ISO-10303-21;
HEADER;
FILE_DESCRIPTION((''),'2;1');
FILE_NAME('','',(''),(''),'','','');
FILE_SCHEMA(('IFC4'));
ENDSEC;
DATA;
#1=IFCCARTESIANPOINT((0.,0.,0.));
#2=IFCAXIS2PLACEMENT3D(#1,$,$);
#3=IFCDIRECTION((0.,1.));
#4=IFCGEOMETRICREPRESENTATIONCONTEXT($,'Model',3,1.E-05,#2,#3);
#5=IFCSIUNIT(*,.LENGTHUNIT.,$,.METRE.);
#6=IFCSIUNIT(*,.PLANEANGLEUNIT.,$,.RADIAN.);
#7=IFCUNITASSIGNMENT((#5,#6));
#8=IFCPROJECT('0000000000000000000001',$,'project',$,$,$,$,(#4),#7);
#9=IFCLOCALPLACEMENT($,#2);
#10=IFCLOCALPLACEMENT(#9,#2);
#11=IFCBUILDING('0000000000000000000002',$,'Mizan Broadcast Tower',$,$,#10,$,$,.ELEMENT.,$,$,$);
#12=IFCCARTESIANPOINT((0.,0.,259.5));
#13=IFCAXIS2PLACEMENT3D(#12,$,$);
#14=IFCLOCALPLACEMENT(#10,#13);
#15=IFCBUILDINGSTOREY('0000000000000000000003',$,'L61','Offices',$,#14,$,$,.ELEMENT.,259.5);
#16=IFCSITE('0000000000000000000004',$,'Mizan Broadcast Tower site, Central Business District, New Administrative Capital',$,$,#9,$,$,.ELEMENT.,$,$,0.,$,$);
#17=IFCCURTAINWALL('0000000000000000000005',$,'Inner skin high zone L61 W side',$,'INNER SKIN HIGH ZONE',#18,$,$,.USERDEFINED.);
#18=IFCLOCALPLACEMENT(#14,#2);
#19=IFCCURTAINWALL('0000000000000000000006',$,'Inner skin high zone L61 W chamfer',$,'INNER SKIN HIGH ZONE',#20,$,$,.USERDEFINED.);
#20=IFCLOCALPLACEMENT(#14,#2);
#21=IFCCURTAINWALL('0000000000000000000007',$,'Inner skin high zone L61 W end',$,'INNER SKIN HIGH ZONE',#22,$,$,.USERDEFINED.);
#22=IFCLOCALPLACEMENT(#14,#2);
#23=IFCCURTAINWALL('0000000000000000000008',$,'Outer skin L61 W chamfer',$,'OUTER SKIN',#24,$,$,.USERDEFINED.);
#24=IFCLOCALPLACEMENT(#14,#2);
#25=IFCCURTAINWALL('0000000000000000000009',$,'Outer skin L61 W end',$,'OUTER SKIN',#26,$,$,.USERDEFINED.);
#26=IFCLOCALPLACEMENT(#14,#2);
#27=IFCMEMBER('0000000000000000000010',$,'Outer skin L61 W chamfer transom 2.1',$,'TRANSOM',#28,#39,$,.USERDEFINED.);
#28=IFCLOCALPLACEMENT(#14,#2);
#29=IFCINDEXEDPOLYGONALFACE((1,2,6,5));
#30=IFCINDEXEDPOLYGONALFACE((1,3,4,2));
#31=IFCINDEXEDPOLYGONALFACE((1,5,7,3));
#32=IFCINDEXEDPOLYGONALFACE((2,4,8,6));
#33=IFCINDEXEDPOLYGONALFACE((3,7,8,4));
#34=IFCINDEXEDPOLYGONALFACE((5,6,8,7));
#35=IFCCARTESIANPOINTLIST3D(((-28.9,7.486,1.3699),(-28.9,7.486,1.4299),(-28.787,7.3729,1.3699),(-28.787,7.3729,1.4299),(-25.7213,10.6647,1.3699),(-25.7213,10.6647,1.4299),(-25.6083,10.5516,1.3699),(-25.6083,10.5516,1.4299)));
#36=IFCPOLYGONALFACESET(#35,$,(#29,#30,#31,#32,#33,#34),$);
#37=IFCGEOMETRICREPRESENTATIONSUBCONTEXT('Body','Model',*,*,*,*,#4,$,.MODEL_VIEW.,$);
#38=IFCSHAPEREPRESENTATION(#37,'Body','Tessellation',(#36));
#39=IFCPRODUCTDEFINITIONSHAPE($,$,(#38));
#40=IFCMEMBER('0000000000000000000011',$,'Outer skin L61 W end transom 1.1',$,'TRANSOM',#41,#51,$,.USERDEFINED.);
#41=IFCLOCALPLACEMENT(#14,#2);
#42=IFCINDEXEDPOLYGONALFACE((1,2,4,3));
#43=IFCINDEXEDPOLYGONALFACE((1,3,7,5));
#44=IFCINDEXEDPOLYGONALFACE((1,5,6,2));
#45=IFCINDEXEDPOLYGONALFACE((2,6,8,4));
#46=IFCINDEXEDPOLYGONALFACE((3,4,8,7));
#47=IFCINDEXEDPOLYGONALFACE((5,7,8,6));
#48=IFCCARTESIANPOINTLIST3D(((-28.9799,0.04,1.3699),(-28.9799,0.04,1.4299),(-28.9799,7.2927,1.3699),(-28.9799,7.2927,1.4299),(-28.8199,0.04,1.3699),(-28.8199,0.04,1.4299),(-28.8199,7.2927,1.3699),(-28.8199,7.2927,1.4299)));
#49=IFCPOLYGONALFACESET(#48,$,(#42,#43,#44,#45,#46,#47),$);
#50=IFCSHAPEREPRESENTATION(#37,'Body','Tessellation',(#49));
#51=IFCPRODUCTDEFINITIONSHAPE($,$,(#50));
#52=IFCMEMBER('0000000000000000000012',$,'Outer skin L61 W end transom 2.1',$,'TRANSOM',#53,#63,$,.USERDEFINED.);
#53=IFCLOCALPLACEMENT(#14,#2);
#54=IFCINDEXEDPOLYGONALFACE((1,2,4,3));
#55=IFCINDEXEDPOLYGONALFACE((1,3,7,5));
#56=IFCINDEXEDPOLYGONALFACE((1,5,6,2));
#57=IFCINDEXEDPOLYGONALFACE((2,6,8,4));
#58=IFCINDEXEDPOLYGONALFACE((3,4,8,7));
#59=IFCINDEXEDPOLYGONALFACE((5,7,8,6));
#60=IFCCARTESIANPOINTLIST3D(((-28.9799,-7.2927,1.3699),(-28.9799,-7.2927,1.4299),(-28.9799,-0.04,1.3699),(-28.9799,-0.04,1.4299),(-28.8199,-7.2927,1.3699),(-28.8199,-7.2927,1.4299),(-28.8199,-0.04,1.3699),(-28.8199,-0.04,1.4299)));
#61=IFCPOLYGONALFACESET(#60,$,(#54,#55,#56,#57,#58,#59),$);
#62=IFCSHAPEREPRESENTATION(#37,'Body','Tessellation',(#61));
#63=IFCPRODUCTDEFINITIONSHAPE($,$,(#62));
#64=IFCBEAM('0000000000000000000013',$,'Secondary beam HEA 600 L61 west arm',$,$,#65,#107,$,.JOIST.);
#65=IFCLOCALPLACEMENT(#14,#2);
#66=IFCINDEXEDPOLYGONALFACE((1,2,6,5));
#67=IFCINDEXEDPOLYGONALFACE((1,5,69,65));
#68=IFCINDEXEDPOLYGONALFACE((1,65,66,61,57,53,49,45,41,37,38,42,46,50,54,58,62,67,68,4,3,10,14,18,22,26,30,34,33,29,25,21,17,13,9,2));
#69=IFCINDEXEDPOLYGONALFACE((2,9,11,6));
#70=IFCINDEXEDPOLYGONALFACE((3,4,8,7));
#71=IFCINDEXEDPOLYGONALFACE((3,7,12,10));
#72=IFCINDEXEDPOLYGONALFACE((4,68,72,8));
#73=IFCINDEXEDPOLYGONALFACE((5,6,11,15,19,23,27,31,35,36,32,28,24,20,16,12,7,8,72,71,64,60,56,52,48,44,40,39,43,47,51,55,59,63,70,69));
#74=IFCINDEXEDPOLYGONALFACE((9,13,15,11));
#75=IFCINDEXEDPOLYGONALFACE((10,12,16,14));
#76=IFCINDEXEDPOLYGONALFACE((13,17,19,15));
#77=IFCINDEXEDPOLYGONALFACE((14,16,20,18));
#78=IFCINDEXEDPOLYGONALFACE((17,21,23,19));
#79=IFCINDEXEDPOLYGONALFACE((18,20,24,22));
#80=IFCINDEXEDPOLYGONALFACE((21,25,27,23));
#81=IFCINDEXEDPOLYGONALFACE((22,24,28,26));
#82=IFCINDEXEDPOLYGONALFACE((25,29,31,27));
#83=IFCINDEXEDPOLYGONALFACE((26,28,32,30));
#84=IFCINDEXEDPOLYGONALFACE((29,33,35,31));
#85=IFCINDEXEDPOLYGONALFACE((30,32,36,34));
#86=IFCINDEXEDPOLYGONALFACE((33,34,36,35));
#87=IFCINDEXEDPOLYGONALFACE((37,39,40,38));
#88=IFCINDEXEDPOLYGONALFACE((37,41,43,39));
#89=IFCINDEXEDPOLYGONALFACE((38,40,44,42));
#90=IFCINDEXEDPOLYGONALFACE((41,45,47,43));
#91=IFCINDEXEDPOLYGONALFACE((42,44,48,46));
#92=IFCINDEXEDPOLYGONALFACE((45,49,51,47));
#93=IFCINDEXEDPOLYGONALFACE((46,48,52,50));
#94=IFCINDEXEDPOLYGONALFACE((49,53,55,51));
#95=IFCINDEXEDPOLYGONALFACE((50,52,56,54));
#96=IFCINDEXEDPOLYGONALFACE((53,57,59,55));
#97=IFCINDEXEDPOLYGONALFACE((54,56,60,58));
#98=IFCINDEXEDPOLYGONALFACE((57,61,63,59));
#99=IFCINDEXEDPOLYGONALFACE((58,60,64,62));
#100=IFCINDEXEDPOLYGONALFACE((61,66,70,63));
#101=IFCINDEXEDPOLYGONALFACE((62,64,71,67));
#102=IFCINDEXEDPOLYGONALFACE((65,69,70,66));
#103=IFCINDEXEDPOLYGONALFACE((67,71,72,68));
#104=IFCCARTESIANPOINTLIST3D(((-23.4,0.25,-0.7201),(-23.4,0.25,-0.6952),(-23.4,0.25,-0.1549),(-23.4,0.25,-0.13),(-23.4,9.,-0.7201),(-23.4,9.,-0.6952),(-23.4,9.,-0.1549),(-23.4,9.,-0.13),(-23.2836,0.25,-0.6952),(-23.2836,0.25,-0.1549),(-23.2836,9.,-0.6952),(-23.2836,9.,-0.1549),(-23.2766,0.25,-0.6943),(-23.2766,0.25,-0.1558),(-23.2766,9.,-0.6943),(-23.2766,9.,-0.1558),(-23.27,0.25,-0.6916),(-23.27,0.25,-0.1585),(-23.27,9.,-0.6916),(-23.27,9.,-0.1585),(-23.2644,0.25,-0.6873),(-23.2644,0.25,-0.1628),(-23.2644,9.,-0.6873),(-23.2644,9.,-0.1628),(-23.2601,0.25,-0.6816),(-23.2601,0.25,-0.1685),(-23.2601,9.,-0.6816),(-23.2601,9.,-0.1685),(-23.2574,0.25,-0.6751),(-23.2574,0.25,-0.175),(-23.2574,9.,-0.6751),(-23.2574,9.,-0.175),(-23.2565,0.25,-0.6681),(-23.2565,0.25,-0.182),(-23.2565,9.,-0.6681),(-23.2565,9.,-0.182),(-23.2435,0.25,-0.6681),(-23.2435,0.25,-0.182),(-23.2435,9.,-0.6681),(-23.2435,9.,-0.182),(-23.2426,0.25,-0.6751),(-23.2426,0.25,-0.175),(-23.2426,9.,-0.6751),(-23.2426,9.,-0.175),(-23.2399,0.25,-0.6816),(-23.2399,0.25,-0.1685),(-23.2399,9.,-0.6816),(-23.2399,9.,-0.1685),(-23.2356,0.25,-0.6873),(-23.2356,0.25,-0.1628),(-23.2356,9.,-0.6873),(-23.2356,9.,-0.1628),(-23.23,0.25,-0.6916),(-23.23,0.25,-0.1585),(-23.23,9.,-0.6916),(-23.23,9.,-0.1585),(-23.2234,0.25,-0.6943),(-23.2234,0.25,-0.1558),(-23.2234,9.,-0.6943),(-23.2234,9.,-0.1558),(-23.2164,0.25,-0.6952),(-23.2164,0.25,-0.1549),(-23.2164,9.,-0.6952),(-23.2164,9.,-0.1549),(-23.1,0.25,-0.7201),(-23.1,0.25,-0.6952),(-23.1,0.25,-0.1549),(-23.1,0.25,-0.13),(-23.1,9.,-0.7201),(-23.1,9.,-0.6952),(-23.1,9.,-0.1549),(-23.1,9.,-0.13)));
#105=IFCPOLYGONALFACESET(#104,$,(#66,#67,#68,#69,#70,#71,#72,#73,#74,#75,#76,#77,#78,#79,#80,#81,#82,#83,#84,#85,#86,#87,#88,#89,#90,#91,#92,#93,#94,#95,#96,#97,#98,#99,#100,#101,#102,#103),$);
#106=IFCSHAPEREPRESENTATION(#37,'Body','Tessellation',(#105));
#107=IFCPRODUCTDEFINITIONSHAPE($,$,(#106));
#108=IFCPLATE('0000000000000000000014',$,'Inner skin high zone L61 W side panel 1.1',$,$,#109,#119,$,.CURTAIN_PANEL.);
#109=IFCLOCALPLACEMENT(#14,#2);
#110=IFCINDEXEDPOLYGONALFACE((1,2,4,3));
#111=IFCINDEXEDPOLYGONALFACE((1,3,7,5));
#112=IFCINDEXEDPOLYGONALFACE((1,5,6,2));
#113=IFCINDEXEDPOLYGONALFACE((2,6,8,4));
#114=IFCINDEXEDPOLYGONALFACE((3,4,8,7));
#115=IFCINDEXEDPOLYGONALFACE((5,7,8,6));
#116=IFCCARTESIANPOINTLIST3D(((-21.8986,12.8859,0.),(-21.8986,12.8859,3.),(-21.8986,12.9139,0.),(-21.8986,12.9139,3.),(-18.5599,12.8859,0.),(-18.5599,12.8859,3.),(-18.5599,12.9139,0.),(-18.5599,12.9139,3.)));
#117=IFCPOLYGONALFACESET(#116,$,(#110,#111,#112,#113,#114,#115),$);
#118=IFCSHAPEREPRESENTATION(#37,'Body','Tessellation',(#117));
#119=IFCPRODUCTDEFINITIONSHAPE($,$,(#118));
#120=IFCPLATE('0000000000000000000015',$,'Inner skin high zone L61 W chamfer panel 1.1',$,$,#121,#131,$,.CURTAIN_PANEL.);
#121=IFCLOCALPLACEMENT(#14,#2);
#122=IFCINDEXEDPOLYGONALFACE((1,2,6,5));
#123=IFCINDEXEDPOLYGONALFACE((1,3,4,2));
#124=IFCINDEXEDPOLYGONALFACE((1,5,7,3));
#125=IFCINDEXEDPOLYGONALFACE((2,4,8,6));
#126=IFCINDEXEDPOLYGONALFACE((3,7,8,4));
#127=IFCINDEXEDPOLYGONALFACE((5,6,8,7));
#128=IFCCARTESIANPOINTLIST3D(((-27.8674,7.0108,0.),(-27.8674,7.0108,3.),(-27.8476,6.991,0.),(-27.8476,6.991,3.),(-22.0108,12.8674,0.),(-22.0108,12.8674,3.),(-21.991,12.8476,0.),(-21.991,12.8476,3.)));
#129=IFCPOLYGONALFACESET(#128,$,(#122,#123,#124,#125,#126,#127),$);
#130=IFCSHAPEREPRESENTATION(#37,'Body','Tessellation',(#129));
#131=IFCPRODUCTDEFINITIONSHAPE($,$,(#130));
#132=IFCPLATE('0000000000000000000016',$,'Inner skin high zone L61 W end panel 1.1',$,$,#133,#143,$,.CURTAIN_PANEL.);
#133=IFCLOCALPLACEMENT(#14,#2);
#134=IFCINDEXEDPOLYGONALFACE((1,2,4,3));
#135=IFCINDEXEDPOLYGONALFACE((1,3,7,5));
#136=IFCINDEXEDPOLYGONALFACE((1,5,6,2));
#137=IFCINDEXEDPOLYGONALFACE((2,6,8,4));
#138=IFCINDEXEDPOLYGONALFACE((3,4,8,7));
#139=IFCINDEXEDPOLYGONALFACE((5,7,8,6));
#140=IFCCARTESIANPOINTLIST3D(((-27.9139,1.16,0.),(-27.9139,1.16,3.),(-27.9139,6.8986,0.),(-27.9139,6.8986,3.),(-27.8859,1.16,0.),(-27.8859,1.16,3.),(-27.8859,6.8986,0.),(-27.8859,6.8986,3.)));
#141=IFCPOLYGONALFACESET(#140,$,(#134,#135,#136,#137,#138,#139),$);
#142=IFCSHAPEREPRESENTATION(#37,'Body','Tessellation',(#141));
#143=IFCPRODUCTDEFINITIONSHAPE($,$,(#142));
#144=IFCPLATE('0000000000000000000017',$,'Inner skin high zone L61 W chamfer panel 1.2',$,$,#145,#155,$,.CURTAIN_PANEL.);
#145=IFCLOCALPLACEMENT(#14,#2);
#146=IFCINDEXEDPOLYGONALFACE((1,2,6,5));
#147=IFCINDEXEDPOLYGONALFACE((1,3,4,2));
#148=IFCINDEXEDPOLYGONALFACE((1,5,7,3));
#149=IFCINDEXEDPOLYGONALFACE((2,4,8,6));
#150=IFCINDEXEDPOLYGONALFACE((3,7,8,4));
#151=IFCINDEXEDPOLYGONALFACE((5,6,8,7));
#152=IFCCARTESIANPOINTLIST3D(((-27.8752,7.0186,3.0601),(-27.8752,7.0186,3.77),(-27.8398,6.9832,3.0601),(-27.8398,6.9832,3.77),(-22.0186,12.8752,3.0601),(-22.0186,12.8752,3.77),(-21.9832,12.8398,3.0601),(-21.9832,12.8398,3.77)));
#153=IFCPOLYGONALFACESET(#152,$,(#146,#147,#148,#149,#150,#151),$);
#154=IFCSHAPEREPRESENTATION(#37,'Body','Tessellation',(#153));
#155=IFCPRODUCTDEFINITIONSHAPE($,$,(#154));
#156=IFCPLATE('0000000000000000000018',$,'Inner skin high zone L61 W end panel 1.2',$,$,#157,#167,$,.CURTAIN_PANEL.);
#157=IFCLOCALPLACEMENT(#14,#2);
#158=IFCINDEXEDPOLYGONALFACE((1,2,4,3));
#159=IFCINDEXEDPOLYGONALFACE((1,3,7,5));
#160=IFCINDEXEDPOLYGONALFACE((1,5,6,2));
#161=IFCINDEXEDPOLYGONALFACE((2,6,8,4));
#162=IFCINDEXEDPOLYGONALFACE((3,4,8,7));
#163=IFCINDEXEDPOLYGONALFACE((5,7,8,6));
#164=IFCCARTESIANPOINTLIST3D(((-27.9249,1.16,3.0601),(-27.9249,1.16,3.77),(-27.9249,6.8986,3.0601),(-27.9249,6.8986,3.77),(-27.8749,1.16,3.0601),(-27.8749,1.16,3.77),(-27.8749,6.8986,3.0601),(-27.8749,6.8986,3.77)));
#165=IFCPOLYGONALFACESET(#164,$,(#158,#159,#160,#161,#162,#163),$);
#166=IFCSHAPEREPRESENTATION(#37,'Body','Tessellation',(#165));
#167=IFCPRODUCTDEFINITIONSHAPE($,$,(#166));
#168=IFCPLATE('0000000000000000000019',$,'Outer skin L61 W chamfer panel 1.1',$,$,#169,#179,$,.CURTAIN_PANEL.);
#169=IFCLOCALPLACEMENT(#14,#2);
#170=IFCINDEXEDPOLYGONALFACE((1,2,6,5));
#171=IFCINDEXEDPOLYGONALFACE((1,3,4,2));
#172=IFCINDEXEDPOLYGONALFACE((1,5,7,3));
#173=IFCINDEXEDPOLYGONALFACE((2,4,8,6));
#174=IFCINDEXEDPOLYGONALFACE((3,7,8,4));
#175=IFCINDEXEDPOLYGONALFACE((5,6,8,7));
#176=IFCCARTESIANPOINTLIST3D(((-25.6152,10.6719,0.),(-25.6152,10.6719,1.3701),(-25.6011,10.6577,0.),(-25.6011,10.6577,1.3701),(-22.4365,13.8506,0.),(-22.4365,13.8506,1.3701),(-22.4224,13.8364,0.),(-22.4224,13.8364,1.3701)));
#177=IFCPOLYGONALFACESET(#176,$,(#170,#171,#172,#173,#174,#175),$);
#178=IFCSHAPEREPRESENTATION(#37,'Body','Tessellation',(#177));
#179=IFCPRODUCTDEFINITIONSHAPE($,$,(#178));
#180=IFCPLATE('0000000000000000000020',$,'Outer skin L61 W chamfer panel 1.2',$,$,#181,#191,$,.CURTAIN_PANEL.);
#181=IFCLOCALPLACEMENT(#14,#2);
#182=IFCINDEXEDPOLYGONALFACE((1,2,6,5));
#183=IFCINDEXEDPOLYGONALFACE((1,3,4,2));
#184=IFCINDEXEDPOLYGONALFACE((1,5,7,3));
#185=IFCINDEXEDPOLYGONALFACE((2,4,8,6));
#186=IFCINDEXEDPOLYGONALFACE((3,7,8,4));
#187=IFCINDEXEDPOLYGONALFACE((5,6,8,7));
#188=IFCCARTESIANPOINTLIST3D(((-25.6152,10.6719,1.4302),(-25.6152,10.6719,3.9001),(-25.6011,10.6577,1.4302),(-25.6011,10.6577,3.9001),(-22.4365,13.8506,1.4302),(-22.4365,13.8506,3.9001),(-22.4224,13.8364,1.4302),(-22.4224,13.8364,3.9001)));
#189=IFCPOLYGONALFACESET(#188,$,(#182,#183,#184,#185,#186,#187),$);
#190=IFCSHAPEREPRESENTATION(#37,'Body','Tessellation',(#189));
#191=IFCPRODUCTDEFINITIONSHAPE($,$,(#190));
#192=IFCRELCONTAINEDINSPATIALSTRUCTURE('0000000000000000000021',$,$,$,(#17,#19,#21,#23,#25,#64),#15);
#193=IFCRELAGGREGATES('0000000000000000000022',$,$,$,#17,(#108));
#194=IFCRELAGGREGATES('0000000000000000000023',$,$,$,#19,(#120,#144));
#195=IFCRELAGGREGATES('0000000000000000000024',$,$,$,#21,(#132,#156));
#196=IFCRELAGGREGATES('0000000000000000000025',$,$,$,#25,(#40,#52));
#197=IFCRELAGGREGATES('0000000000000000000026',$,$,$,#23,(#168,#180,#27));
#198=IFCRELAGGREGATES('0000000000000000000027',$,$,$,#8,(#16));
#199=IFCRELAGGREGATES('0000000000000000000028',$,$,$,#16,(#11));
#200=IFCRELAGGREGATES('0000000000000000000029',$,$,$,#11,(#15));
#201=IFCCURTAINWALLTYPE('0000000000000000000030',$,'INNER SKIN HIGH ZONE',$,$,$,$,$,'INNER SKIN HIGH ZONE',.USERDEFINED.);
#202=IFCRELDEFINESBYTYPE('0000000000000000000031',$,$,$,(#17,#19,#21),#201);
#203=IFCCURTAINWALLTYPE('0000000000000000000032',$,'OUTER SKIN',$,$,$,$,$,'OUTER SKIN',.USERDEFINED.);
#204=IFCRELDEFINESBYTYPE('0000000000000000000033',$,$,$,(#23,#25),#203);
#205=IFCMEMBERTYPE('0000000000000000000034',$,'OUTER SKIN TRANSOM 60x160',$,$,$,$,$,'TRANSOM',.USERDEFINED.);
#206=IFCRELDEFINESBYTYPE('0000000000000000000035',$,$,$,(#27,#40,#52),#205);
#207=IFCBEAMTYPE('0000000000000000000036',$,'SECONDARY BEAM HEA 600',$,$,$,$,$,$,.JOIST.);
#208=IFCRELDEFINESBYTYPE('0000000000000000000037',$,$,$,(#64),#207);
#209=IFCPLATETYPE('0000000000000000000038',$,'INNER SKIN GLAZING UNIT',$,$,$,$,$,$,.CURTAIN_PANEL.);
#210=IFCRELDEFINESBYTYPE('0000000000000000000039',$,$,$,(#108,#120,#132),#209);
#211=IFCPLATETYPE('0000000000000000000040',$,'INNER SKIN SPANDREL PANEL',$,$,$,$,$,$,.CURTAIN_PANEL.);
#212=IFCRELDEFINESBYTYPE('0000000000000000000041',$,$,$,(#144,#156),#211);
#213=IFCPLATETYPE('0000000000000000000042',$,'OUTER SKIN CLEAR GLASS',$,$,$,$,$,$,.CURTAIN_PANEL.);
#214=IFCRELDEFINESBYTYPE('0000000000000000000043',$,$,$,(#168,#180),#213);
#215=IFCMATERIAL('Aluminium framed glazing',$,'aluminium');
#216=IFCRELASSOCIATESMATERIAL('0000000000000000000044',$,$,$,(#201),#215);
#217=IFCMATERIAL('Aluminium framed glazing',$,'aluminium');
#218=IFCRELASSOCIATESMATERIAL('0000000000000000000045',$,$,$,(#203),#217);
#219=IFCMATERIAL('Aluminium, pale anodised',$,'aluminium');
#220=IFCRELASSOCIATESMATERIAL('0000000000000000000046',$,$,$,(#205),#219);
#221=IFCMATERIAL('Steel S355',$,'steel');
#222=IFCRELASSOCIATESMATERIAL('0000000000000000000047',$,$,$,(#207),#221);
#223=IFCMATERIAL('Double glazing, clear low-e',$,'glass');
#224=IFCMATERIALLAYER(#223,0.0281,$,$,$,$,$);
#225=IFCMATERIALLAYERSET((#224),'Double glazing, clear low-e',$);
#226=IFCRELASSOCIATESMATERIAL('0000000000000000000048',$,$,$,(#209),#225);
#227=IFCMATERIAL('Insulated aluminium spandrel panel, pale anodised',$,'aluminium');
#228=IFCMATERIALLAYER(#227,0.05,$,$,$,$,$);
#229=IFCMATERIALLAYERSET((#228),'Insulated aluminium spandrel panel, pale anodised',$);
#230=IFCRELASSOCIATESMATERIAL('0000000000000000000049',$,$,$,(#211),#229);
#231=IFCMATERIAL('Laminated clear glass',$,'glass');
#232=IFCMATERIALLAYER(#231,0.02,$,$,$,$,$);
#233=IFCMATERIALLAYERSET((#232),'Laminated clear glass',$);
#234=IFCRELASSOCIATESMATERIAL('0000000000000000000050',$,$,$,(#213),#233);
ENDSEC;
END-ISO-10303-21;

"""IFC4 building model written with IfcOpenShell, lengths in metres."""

from ifc_helpers import new_model, si_unit, direction, frame, origin, origin_2d, place, context, subcontext, project, spatial, rectangle, i_section, extrude, material, layer, layer_set, material_profile, profile_set, type_object, element, aggregate, save


model = new_model("IFC4")

# Units and contexts
model_context = context("Model", 3, precision=1e-05, world=origin(), true_north=direction((0.0, 1.0)))
body_context = subcontext(model_context, "Body", "Model", "MODEL_VIEW")
ifc_project = project(units=[si_unit("LENGTHUNIT", "METRE"), si_unit("PLANEANGLEUNIT", "RADIAN")], contexts=[model_context])

# Site, building, storey
site_placement = place(None, origin())
site = spatial("IfcSite", under=ifc_project, at=site_placement, Name="Mizan Broadcast Tower site, Central Business District, New Administrative Capital", CompositionType="ELEMENT", RefElevation=0.0)
building_placement = place(site_placement, origin())
building = spatial("IfcBuilding", under=site, at=building_placement, Name="Mizan Broadcast Tower", CompositionType="ELEMENT")
storey_placement = place(building_placement, frame((0.0, 0.0, 259.5)))
storey = spatial("IfcBuildingStorey", under=building, at=storey_placement, Name="L61", Description="Offices", CompositionType="ELEMENT", Elevation=259.5)

# Curtain walls
ifc_material_1 = material(Name="Aluminium framed glazing", Category="aluminium")
curtain_wall_type_1 = type_object("IfcCurtainWallType", Name="INNER SKIN HIGH ZONE", ElementType="INNER SKIN HIGH ZONE", PredefinedType="USERDEFINED", material=ifc_material_1)
curtain_wall_1_placement = place(storey_placement, origin())
curtain_wall_1 = element("IfcCurtainWall", 1, at=curtain_wall_1_placement, inside=storey, type_object=curtain_wall_type_1, Name="Inner skin high zone L61 W side", ObjectType="INNER SKIN HIGH ZONE", PredefinedType="USERDEFINED")
curtain_wall_2_placement = place(storey_placement, origin())
curtain_wall_2 = element("IfcCurtainWall", 2, at=curtain_wall_2_placement, inside=storey, type_object=curtain_wall_type_1, Name="Inner skin high zone L61 W chamfer", ObjectType="INNER SKIN HIGH ZONE", PredefinedType="USERDEFINED")
curtain_wall_3_placement = place(storey_placement, origin())
curtain_wall_3 = element("IfcCurtainWall", 3, at=curtain_wall_3_placement, inside=storey, type_object=curtain_wall_type_1, Name="Inner skin high zone L61 W end", ObjectType="INNER SKIN HIGH ZONE", PredefinedType="USERDEFINED")

# Curtain wall
ifc_material_2 = material(Name="Aluminium framed glazing", Category="aluminium")
curtain_wall_type_2 = type_object("IfcCurtainWallType", Name="OUTER SKIN", ElementType="OUTER SKIN", PredefinedType="USERDEFINED", material=ifc_material_2)
curtain_wall_4_placement = place(storey_placement, origin())
curtain_wall_4 = element("IfcCurtainWall", 4, at=curtain_wall_4_placement, inside=storey, type_object=curtain_wall_type_2, Name="Outer skin L61 W chamfer", ObjectType="OUTER SKIN", PredefinedType="USERDEFINED")

# Curtain wall
curtain_wall_5_placement = place(storey_placement, origin())
curtain_wall_5 = element("IfcCurtainWall", 5, at=curtain_wall_5_placement, inside=storey, type_object=curtain_wall_type_2, Name="Outer skin L61 W end", ObjectType="OUTER SKIN", PredefinedType="USERDEFINED")

# Members
ifc_material_3 = material(Name="Aluminium, pale anodised", Category="aluminium")
ifc_material_profile_1 = material_profile(ifc_material_3, rectangle(XDim=0.1599, YDim=0.0601, at=origin_2d()), Name="TRANSOM 160x60")
ifc_profile_set_1 = profile_set([ifc_material_profile_1], Name="Aluminium, pale anodised")
member_type_1 = type_object("IfcMemberType", Name="OUTER SKIN TRANSOM 60x160", ElementType="TRANSOM", PredefinedType="USERDEFINED", material=ifc_profile_set_1)
member_1_placement = place(storey_placement, frame((-25.6648, 10.6082, 1.3999), z_axis=(-0.707107, -0.707107, 0.0), x_axis=(0.707107, -0.707107, 0.0)))
member_1 = element("IfcMember", 6, at=member_1_placement, type_object=member_type_1, Name="Outer skin L61 W chamfer transom 2.1", ObjectType="TRANSOM", PredefinedType="USERDEFINED", context=body_context, shape_type="SweptSolid", body=[
    extrude(rectangle(XDim=0.1599, YDim=0.0601, at=origin_2d()), origin(), (0.0, 0.0, 1.0), 4.4954),
])
member_2_placement = place(storey_placement, frame((-28.8999, 7.2927, 1.3999), z_axis=(0.0, -1.0, 0.0), x_axis=(1.0, 0.0, 0.0)))
member_2 = element("IfcMember", 7, at=member_2_placement, type_object=member_type_1, Name="Outer skin L61 W end transom 1.1", ObjectType="TRANSOM", PredefinedType="USERDEFINED", context=body_context, shape_type="SweptSolid", body=[
    extrude(rectangle(XDim=0.1599, YDim=0.0601, at=origin_2d()), origin(), (0.0, 0.0, 1.0), 7.2527),
])
member_3_placement = place(storey_placement, frame((-28.8999, -0.04, 1.3999), z_axis=(0.0, -1.0, 0.0), x_axis=(1.0, 0.0, 0.0)))
member_3 = element("IfcMember", 8, at=member_3_placement, type_object=member_type_1, Name="Outer skin L61 W end transom 2.1", ObjectType="TRANSOM", PredefinedType="USERDEFINED", context=body_context, shape_type="SweptSolid", body=[
    extrude(rectangle(XDim=0.1599, YDim=0.0601, at=origin_2d()), origin(), (0.0, 0.0, 1.0), 7.2527),
])

# Beam
ifc_material_4 = material(Name="Steel S355", Category="steel")
ifc_material_profile_2 = material_profile(ifc_material_4, i_section(OverallWidth=0.3, OverallDepth=0.5901, WebThickness=0.0129, FlangeThickness=0.0249, FilletRadius=0.0271, at=origin_2d()), Name="HEA 600")
ifc_profile_set_2 = profile_set([ifc_material_profile_2], Name="Steel S355")
beam_type_1 = type_object("IfcBeamType", Name="SECONDARY BEAM HEA 600", PredefinedType="JOIST", material=ifc_profile_set_2)
beam_1_placement = place(storey_placement, frame((-23.25, 9.0, -0.425), z_axis=(0.0, -1.0, 0.0), x_axis=(1.0, 0.0, 0.0)))
element("IfcBeam", 9, at=beam_1_placement, inside=storey, type_object=beam_type_1, Name="Secondary beam HEA 600 L61 west arm", PredefinedType="JOIST", context=body_context, shape_type="SweptSolid", body=[
    extrude(i_section(OverallWidth=0.3, OverallDepth=0.5901, WebThickness=0.0129, FlangeThickness=0.0249, FilletRadius=0.0271, at=origin_2d()), origin(), (0.0, 0.0, 1.0), 8.75),
])

# Plates
ifc_material_5 = material(Name="Double glazing, clear low-e", Category="glass")
ifc_layer_1 = layer(ifc_material_5, 0.0281)
ifc_layer_set_1 = layer_set([ifc_layer_1], Name="Double glazing, clear low-e")
plate_type_1 = type_object("IfcPlateType", Name="INNER SKIN GLAZING UNIT", PredefinedType="CURTAIN_PANEL", material=ifc_layer_set_1)
plate_1_placement = place(storey_placement, frame((-20.2292, 12.8999, 0.0), z_axis=(0.0, 0.0, 1.0), x_axis=(-1.0, 0.0, 0.0)))
plate_1 = element("IfcPlate", 10, at=plate_1_placement, type_object=plate_type_1, Name="Inner skin high zone L61 W side panel 1.1", PredefinedType="CURTAIN_PANEL", context=body_context, shape_type="SweptSolid", body=[
    extrude(rectangle(XDim=3.3386, YDim=0.0281, at=origin_2d()), origin(), (0.0, 0.0, 1.0), 3.0),
])
aggregate(curtain_wall_1, [plate_1])
plate_2_placement = place(storey_placement, frame((-24.9292, 9.9292, 0.0), z_axis=(0.0, 0.0, 1.0), x_axis=(-0.707107, -0.707107, 0.0)))
plate_2 = element("IfcPlate", 11, at=plate_2_placement, type_object=plate_type_1, Name="Inner skin high zone L61 W chamfer panel 1.1", PredefinedType="CURTAIN_PANEL", context=body_context, shape_type="SweptSolid", body=[
    extrude(rectangle(XDim=8.2825, YDim=0.0281, at=origin_2d()), origin(), (0.0, 0.0, 1.0), 3.0),
])
plate_3_placement = place(storey_placement, frame((-27.8999, 4.0293, 0.0), z_axis=(0.0, 0.0, 1.0), x_axis=(0.0, -1.0, 0.0)))
plate_3 = element("IfcPlate", 12, at=plate_3_placement, type_object=plate_type_1, Name="Inner skin high zone L61 W end panel 1.1", PredefinedType="CURTAIN_PANEL", context=body_context, shape_type="SweptSolid", body=[
    extrude(rectangle(XDim=5.7385, YDim=0.0281, at=origin_2d()), origin(), (0.0, 0.0, 1.0), 3.0),
])
ifc_material_6 = material(Name="Insulated aluminium spandrel panel, pale anodised", Category="aluminium")
ifc_layer_2 = layer(ifc_material_6, 0.05)
ifc_layer_set_2 = layer_set([ifc_layer_2], Name="Insulated aluminium spandrel panel, pale anodised")
plate_type_2 = type_object("IfcPlateType", Name="INNER SKIN SPANDREL PANEL", PredefinedType="CURTAIN_PANEL", material=ifc_layer_set_2)
plate_4_placement = place(storey_placement, frame((-24.9292, 9.9292, 3.0601), z_axis=(0.0, 0.0, 1.0), x_axis=(-0.707107, -0.707107, 0.0)))
plate_4 = element("IfcPlate", 13, at=plate_4_placement, type_object=plate_type_2, Name="Inner skin high zone L61 W chamfer panel 1.2", PredefinedType="CURTAIN_PANEL", context=body_context, shape_type="SweptSolid", body=[
    extrude(rectangle(XDim=8.2825, YDim=0.05, at=origin_2d()), origin(), (0.0, 0.0, 1.0), 0.71),
])
aggregate(curtain_wall_2, [plate_2, plate_4])
plate_5_placement = place(storey_placement, frame((-27.8999, 4.0293, 3.0601), z_axis=(0.0, 0.0, 1.0), x_axis=(0.0, -1.0, 0.0)))
plate_5 = element("IfcPlate", 14, at=plate_5_placement, type_object=plate_type_2, Name="Inner skin high zone L61 W end panel 1.2", PredefinedType="CURTAIN_PANEL", context=body_context, shape_type="SweptSolid", body=[
    extrude(rectangle(XDim=5.7385, YDim=0.05, at=origin_2d()), origin(), (0.0, 0.0, 1.0), 0.71),
])
aggregate(curtain_wall_3, [plate_3, plate_5])
ifc_material_7 = material(Name="Laminated clear glass", Category="glass")
ifc_layer_3 = layer(ifc_material_7, 0.02)
ifc_layer_set_3 = layer_set([ifc_layer_3], Name="Laminated clear glass")
plate_type_3 = type_object("IfcPlateType", Name="OUTER SKIN CLEAR GLASS", PredefinedType="CURTAIN_PANEL", material=ifc_layer_set_3)
plate_6_placement = place(storey_placement, frame((-24.0188, 12.2542, 0.0), z_axis=(0.0, 0.0, 1.0), x_axis=(-0.707107, -0.707107, 0.0)))
plate_6 = element("IfcPlate", 15, at=plate_6_placement, type_object=plate_type_3, Name="Outer skin L61 W chamfer panel 1.1", PredefinedType="CURTAIN_PANEL", context=body_context, shape_type="SweptSolid", body=[
    extrude(rectangle(XDim=4.4954, YDim=0.02, at=origin_2d()), origin(), (0.0, 0.0, 1.0), 1.3701),
])
plate_7_placement = place(storey_placement, frame((-24.0188, 12.2542, 1.4302), z_axis=(0.0, 0.0, 1.0), x_axis=(-0.707107, -0.707107, 0.0)))
plate_7 = element("IfcPlate", 16, at=plate_7_placement, type_object=plate_type_3, Name="Outer skin L61 W chamfer panel 1.2", PredefinedType="CURTAIN_PANEL", context=body_context, shape_type="SweptSolid", body=[
    extrude(rectangle(XDim=4.4954, YDim=0.02, at=origin_2d()), origin(), (0.0, 0.0, 1.0), 2.47),
])
aggregate(curtain_wall_5, [member_2, member_3])
aggregate(curtain_wall_4, [plate_6, plate_7, member_1])

save(model, "model.ifc")
